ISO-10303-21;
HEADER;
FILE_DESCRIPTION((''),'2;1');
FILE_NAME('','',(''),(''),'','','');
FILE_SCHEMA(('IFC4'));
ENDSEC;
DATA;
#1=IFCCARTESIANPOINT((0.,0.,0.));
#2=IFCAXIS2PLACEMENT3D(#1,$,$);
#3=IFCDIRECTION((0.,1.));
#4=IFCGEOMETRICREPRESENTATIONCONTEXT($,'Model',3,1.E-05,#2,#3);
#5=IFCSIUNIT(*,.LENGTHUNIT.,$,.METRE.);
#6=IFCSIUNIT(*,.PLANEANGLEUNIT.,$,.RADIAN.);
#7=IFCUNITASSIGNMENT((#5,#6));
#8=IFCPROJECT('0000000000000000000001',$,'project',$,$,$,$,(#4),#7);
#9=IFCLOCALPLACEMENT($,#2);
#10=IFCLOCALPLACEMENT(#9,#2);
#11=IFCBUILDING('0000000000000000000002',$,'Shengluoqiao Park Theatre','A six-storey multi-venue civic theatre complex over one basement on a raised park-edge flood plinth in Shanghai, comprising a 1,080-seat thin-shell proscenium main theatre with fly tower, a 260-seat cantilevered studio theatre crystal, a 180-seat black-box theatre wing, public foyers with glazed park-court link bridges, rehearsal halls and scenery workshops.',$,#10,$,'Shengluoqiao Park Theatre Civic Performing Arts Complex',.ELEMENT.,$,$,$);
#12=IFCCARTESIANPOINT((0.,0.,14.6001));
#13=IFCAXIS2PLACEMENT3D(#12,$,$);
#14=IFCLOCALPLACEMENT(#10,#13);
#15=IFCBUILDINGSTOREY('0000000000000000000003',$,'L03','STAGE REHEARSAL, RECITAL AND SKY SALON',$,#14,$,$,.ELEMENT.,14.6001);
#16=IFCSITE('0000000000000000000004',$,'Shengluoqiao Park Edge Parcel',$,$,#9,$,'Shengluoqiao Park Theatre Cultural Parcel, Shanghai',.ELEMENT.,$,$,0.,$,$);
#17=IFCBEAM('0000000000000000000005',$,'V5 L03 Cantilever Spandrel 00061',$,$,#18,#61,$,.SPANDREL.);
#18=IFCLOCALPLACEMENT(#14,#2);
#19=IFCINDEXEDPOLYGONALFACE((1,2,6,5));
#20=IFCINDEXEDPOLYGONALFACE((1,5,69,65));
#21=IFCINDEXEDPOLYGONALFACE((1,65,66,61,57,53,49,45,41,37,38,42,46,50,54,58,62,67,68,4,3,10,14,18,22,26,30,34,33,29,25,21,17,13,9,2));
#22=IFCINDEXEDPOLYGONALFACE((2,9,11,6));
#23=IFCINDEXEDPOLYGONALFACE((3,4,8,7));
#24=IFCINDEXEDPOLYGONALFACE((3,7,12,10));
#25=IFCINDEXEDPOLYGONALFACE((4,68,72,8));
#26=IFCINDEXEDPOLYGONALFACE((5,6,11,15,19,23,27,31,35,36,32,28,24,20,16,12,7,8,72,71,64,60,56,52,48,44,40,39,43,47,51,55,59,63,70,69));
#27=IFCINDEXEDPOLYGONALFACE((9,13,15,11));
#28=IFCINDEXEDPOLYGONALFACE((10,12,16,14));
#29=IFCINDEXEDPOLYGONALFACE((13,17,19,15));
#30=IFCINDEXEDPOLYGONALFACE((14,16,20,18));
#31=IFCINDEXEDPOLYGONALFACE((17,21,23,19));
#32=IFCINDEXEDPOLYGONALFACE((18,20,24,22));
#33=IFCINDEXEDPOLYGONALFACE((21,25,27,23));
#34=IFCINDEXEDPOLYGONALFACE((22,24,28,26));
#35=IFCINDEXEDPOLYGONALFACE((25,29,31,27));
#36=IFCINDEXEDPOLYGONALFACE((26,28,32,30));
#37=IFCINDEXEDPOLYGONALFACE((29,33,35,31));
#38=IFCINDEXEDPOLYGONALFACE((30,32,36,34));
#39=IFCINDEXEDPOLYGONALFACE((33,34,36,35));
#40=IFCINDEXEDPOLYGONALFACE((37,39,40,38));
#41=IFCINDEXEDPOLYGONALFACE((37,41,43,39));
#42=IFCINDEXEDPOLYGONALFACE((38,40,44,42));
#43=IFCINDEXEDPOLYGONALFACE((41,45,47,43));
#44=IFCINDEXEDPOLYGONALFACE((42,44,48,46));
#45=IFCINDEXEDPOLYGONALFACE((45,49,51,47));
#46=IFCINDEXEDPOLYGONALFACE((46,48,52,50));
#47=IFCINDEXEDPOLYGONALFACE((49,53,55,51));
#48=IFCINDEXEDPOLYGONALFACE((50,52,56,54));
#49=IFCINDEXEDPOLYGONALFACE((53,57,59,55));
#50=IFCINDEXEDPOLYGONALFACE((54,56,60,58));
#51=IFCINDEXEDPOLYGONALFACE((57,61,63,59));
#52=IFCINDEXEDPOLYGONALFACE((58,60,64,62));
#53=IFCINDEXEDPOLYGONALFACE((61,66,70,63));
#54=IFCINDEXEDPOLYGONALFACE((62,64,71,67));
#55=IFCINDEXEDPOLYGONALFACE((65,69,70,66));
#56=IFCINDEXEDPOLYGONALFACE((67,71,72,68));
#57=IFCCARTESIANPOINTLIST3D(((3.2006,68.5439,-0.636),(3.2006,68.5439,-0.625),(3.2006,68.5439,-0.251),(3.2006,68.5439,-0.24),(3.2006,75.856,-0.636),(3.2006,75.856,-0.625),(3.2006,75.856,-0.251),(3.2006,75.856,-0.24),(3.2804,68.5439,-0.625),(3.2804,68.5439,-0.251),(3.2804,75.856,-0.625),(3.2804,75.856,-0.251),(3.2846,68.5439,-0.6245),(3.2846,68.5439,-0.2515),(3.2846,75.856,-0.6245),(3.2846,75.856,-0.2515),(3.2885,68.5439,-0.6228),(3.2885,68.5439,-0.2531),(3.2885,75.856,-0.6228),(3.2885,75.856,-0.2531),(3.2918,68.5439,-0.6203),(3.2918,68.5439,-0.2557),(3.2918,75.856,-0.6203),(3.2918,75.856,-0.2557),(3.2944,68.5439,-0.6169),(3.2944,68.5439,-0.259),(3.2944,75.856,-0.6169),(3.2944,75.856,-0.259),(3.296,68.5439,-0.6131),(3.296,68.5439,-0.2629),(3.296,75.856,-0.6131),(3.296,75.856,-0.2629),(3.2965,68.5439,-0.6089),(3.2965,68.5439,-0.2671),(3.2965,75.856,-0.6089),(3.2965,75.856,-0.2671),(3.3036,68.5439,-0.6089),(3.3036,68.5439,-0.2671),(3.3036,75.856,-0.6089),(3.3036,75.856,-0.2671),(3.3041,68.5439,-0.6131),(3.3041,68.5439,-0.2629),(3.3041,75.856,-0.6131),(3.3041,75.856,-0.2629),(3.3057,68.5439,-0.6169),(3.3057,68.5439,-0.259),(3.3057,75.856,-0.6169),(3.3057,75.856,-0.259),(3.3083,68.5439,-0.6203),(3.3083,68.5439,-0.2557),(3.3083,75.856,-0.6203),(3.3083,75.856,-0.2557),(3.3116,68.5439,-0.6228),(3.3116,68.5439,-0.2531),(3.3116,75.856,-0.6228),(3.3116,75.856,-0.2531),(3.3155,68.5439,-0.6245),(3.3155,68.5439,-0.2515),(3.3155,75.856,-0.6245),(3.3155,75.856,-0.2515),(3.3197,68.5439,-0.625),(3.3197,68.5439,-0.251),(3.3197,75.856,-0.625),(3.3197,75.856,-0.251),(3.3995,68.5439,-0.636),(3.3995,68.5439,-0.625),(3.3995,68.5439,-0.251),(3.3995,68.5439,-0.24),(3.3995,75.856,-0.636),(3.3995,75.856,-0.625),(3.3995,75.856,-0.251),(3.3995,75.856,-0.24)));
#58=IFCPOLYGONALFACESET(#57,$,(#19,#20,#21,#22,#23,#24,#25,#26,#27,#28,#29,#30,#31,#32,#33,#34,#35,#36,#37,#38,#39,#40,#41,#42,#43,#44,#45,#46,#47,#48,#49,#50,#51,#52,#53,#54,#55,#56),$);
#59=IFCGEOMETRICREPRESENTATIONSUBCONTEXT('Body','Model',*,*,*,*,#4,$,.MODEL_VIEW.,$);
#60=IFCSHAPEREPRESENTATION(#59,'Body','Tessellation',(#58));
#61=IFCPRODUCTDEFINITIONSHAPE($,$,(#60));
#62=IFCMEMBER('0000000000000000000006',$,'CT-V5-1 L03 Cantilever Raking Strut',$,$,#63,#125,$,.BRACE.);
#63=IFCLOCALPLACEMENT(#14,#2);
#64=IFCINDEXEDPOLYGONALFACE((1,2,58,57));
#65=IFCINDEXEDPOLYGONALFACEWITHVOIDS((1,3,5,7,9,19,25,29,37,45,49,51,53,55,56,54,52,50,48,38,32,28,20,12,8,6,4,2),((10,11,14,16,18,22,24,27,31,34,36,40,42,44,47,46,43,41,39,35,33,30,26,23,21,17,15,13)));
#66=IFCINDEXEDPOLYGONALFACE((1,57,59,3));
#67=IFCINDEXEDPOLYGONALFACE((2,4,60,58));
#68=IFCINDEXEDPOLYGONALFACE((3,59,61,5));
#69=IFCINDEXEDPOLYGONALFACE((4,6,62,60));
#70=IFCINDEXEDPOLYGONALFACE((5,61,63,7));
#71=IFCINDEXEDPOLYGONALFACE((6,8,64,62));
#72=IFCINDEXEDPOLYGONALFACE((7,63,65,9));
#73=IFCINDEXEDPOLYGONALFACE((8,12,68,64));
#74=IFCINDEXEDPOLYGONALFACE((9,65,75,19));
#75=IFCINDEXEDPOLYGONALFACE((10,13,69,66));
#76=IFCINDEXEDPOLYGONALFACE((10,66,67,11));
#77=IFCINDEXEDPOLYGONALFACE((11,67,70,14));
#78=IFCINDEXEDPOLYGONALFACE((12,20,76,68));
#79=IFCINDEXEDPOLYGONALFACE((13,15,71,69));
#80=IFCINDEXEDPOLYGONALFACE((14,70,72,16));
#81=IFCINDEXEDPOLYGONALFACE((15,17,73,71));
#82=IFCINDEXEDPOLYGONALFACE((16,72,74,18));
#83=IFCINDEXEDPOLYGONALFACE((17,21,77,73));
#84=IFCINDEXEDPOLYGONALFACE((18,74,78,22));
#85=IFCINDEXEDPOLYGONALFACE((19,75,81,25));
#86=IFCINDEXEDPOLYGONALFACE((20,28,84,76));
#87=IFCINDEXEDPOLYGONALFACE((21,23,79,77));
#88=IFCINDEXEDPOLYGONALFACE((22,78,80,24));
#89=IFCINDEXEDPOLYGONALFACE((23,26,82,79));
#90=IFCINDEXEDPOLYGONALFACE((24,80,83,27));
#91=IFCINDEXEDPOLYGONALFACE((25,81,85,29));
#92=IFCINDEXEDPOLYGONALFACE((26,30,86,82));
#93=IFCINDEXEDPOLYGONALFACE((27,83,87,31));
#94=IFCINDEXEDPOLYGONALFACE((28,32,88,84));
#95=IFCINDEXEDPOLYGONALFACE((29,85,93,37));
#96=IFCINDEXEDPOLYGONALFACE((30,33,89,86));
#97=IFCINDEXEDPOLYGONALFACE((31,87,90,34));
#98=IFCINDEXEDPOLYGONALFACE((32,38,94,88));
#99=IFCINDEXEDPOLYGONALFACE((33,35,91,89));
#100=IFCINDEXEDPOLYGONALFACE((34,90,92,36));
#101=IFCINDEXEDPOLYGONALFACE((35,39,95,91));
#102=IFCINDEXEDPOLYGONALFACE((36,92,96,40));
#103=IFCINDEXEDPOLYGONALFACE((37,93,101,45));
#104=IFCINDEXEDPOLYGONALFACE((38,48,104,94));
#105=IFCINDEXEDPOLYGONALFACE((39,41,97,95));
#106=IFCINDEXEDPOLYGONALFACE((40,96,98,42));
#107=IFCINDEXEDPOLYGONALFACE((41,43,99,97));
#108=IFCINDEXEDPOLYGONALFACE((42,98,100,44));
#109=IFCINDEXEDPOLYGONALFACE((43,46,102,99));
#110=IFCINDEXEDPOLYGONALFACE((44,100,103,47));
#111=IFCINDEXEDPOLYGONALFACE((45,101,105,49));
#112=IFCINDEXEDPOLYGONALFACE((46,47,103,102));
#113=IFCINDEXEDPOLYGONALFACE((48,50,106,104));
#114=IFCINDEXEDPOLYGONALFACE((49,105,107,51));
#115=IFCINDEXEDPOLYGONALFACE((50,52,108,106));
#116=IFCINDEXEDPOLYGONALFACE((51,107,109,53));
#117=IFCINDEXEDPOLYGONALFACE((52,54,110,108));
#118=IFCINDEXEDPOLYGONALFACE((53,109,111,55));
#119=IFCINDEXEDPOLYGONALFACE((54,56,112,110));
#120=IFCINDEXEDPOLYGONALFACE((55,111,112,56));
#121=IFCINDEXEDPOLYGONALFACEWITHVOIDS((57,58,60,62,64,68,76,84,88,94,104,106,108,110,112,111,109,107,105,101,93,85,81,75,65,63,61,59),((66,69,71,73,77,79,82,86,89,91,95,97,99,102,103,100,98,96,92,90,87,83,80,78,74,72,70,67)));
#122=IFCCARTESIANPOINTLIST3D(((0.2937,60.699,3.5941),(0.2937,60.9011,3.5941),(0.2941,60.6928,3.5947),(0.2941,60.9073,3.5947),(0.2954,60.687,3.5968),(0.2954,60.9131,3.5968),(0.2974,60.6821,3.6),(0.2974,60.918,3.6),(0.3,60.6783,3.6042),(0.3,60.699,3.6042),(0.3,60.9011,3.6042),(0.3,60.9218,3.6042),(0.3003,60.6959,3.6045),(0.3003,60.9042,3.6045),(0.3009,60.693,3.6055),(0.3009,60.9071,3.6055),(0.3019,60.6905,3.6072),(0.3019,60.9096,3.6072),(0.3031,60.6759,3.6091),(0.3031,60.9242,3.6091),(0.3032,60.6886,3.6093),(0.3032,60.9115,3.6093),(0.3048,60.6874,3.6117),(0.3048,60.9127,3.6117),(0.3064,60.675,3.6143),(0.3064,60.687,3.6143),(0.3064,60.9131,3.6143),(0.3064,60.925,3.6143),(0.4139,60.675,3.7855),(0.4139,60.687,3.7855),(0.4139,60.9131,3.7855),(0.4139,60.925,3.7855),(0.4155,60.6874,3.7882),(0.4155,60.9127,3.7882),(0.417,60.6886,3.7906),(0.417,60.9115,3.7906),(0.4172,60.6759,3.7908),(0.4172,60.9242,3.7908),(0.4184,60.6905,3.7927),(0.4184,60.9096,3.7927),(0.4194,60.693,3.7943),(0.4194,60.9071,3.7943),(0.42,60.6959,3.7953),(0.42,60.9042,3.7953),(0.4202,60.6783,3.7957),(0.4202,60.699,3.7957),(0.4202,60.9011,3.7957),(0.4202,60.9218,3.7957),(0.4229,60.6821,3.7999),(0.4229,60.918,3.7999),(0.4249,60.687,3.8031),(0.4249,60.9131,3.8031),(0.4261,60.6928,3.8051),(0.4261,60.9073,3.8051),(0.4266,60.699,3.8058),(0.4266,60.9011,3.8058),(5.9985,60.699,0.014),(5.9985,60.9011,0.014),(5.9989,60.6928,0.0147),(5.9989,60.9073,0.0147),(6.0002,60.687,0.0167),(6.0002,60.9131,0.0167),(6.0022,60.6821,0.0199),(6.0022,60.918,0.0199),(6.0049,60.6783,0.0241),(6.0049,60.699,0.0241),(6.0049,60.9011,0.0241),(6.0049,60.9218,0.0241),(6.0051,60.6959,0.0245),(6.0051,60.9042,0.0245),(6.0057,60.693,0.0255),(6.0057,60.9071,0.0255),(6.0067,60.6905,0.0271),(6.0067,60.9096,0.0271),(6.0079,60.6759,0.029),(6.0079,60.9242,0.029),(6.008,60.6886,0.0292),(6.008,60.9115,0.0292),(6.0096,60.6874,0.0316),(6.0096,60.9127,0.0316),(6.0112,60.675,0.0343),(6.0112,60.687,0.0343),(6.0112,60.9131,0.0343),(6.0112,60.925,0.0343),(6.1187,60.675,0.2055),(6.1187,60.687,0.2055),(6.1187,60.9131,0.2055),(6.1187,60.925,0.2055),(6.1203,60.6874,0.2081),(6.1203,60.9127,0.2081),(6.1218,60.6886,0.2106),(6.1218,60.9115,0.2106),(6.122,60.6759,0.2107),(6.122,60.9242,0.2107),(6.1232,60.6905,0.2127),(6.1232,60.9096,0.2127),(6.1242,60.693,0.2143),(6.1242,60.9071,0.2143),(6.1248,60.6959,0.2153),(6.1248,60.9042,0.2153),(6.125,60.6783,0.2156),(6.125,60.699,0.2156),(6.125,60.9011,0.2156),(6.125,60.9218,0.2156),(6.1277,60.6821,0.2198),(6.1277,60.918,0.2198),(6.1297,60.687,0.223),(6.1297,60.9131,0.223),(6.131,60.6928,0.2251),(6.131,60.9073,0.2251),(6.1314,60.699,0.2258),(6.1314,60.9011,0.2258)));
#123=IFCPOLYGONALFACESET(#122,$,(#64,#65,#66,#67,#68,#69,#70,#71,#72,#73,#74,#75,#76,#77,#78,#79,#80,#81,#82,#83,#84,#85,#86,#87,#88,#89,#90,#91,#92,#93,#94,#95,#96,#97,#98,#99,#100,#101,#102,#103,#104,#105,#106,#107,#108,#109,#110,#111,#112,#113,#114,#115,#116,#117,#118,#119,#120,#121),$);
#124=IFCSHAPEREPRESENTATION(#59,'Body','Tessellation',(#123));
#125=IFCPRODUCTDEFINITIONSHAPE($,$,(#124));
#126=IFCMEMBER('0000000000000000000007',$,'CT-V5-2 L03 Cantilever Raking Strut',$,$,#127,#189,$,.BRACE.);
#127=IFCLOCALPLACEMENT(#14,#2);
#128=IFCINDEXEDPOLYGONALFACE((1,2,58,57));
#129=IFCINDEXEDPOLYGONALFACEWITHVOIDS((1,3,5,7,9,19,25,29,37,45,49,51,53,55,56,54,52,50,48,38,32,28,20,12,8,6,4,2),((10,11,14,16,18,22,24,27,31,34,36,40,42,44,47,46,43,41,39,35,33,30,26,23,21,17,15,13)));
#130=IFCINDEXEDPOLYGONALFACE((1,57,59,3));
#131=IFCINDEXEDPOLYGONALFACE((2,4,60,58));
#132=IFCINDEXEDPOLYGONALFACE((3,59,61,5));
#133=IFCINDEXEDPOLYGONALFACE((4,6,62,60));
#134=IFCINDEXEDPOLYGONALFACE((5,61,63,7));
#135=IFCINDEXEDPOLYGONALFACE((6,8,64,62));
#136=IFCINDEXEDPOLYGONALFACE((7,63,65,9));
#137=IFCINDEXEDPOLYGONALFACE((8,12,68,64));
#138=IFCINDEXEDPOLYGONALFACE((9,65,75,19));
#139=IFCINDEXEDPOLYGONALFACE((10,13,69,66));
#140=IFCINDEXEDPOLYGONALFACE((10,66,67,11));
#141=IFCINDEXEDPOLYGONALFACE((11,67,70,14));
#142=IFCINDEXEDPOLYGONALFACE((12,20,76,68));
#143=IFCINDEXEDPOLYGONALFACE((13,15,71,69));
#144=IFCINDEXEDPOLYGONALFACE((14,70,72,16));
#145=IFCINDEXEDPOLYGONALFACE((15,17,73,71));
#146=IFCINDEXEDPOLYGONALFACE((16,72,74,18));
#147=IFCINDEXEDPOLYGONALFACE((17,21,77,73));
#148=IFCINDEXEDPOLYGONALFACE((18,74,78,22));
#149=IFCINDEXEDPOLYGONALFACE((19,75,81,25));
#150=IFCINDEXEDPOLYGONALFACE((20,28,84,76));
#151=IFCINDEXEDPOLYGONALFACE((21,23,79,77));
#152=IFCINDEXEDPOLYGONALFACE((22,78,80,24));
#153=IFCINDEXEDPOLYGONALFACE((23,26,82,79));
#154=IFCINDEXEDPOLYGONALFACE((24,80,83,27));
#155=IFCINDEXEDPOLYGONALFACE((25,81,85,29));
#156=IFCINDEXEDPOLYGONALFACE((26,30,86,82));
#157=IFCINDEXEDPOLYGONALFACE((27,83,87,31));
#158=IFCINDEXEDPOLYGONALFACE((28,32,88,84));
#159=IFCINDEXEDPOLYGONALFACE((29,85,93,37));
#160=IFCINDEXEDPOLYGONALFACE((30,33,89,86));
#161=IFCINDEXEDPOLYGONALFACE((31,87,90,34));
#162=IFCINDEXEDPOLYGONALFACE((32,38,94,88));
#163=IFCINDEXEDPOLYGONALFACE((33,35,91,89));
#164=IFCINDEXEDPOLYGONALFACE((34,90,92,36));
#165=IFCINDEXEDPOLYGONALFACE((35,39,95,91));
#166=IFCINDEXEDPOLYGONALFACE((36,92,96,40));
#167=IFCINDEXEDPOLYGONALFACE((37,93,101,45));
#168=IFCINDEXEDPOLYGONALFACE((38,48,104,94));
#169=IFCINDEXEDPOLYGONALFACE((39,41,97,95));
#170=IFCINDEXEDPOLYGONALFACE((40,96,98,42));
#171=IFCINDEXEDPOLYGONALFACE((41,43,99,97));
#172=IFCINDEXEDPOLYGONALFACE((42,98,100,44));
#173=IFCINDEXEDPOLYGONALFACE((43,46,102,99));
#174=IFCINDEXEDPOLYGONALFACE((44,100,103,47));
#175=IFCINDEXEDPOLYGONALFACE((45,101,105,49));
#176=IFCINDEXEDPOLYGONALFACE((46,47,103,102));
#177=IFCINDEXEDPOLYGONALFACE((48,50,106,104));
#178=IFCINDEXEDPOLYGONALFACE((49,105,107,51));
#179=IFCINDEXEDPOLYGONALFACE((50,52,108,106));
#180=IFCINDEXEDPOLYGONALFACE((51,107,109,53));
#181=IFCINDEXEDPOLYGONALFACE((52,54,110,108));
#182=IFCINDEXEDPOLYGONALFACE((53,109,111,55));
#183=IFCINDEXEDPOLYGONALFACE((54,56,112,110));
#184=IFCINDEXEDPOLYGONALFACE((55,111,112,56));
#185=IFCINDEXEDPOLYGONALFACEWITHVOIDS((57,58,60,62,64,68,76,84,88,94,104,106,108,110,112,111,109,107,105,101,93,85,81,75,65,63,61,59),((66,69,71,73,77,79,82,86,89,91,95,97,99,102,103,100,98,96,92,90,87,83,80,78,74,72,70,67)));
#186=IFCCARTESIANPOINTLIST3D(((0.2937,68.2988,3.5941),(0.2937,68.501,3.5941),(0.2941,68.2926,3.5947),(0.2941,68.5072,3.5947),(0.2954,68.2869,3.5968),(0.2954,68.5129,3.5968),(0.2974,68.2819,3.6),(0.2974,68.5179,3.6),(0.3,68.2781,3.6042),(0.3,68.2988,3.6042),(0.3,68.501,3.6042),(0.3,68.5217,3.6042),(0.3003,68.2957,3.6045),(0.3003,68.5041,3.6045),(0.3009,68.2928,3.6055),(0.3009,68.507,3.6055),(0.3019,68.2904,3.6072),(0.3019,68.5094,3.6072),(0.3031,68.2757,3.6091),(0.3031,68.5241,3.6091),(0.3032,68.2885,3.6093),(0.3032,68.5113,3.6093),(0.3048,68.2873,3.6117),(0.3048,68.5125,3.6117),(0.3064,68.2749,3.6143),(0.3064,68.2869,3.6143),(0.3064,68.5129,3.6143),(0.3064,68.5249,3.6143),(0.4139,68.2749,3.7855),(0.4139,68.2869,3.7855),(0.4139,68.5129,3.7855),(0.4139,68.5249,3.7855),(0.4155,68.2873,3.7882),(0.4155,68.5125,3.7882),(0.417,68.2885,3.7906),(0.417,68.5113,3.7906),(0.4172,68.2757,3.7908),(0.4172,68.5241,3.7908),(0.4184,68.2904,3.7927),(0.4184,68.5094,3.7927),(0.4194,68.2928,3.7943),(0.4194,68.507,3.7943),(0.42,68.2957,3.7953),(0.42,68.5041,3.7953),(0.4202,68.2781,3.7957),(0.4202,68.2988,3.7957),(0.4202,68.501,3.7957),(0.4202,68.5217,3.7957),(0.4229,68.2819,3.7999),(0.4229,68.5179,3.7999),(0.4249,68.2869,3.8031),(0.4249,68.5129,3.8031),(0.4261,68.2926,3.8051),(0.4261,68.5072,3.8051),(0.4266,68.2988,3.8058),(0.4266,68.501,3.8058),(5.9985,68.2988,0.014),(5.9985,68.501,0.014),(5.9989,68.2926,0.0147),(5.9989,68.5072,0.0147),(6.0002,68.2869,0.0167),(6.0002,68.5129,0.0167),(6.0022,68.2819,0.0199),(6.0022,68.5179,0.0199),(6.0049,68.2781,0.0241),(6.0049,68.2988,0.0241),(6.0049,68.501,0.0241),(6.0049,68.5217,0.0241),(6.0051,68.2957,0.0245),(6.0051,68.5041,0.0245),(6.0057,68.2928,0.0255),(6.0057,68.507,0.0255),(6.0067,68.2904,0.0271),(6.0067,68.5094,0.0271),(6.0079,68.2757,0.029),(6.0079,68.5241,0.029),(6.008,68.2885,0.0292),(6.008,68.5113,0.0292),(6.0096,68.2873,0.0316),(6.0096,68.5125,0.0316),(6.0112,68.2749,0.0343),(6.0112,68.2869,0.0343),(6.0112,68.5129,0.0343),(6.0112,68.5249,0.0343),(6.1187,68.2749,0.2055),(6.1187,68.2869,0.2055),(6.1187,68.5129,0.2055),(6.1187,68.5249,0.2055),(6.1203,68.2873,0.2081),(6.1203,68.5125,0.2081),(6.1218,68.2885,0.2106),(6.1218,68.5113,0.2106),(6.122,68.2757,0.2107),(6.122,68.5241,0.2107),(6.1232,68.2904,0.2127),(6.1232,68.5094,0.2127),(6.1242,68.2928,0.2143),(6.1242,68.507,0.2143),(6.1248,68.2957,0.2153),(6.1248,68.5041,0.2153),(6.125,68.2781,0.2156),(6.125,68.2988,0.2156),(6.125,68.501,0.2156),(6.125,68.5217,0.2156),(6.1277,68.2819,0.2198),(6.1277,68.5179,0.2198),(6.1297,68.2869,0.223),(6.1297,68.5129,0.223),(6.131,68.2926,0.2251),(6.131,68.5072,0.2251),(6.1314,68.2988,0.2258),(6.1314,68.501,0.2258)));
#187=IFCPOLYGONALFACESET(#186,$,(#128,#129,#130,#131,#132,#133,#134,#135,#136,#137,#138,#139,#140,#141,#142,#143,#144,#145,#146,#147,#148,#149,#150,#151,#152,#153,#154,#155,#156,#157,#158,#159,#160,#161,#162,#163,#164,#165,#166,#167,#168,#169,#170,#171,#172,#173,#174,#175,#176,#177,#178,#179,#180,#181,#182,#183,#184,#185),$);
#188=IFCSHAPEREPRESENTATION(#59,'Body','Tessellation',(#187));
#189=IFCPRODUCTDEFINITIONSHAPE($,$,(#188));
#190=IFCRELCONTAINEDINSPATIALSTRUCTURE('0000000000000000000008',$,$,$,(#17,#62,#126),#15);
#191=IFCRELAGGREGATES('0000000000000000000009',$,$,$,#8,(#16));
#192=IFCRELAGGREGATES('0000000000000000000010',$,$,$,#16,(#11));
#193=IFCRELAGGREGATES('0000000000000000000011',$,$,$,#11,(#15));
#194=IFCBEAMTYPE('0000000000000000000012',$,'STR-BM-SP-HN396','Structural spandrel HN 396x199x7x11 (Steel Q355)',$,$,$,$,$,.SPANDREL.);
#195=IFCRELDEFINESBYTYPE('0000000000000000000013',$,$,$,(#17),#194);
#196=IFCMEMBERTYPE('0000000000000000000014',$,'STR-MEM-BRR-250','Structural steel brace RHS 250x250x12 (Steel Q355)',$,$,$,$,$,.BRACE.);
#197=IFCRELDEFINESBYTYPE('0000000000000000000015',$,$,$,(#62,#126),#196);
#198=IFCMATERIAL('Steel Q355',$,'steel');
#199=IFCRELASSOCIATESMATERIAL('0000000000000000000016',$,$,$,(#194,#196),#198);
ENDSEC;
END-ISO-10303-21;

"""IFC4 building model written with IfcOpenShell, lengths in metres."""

from ifc_helpers import new_model, si_unit, direction, frame, origin, origin_2d, place, context, subcontext, project, spatial, hollow_rectangle, i_section, extrude, material, material_profile, profile_set, type_object, element, save


model = new_model("IFC4")

# Units and contexts
model_context = context("Model", 3, precision=1e-05, world=origin(), true_north=direction((0.0, 1.0)))
body_context = subcontext(model_context, "Body", "Model", "MODEL_VIEW")
ifc_project = project(units=[si_unit("LENGTHUNIT", "METRE"), si_unit("PLANEANGLEUNIT", "RADIAN")], contexts=[model_context])

# Site, building, storey
site_placement = place(None, origin())
site = spatial("IfcSite", under=ifc_project, at=site_placement, Name="Shengluoqiao Park Edge Parcel", LongName="Shengluoqiao Park Theatre Cultural Parcel, Shanghai", CompositionType="ELEMENT", RefElevation=0.0)
building_placement = place(site_placement, origin())
building = spatial("IfcBuilding", under=site, at=building_placement, Name="Shengluoqiao Park Theatre", Description="A six-storey multi-venue civic theatre complex over one basement on a raised park-edge flood plinth in Shanghai, comprising a 1,080-seat thin-shell proscenium main theatre with fly tower, a 260-seat cantilevered studio theatre crystal, a 180-seat black-box theatre wing, public foyers with glazed park-court link bridges, rehearsal halls and scenery workshops.", LongName="Shengluoqiao Park Theatre Civic Performing Arts Complex", CompositionType="ELEMENT")
storey_placement = place(building_placement, frame((0.0, 0.0, 14.6001)))
storey = spatial("IfcBuildingStorey", under=building, at=storey_placement, Name="L03", Description="STAGE REHEARSAL, RECITAL AND SKY SALON", CompositionType="ELEMENT", Elevation=14.6001)

# Beam
ifc_material_1 = material(Name="Steel Q355", Category="steel")
ifc_material_profile_1 = material_profile(ifc_material_1, i_section(OverallWidth=0.199, OverallDepth=0.396, WebThickness=0.0071, FlangeThickness=0.011, FilletRadius=0.0161, at=origin_2d()), Name="HN 396x199x7x11")
ifc_profile_set_1 = profile_set([ifc_material_profile_1], Name="Steel Q355")
beam_type_1 = type_object("IfcBeamType", Name="STR-BM-SP-HN396", Description="Structural spandrel HN 396x199x7x11 (Steel Q355)", PredefinedType="SPANDREL", material=ifc_profile_set_1)
for number, where, z_axis, x_axis, name in (
    (1, (3.3, 68.5439, -0.438), (0.0, 1.0, 0.0), (-1.0, 0.0, 0.0), "V5 L03 Cantilever Spandrel 00061"),
):
    element("IfcBeam", number, at=place(storey_placement, frame(where, z_axis=z_axis, x_axis=x_axis)), inside=storey, type_object=beam_type_1, Name=name, PredefinedType="SPANDREL", context=body_context, shape_type="SweptSolid", body=[
        extrude(i_section(OverallWidth=0.199, OverallDepth=0.396, WebThickness=0.0071, FlangeThickness=0.011, FilletRadius=0.0161, at=origin_2d()), origin(), (0.0, 0.0, 1.0), 7.312),
    ])

# Members
ifc_material_profile_2 = material_profile(ifc_material_1, hollow_rectangle(XDim=0.25, YDim=0.25, WallThickness=0.012, InnerFilletRadius=0.012, OuterFilletRadius=0.0239, at=origin_2d()), Name="RHS 250x250x12")
ifc_profile_set_2 = profile_set([ifc_material_profile_2], Name="Steel Q355")
member_type_1 = type_object("IfcMemberType", Name="STR-MEM-BRR-250", Description="Structural steel brace RHS 250x250x12 (Steel Q355)", PredefinedType="BRACE", material=ifc_profile_set_2)
for number, where, z_axis, x_axis, name in (
    (2, (6.0649, 60.8, 0.1199), (-0.847025, 0.0, 0.531552), (0.0, -1.0, 0.0), "CT-V5-1 L03 Cantilever Raking Strut"),
    (3, (6.0649, 68.3999, 0.1199), (-0.847025, 0.0, 0.531552), (0.0, -1.0, 0.0), "CT-V5-2 L03 Cantilever Raking Strut"),
):
    element("IfcMember", number, at=place(storey_placement, frame(where, z_axis=z_axis, x_axis=x_axis)), inside=storey, type_object=member_type_1, Name=name, PredefinedType="BRACE", context=body_context, shape_type="SweptSolid", body=[
        extrude(hollow_rectangle(XDim=0.25, YDim=0.25, WallThickness=0.012, InnerFilletRadius=0.012, OuterFilletRadius=0.0239, at=origin_2d()), origin(), (0.0, 0.0, 1.0), 6.7351),
    ])

save(model, "model.ifc")
